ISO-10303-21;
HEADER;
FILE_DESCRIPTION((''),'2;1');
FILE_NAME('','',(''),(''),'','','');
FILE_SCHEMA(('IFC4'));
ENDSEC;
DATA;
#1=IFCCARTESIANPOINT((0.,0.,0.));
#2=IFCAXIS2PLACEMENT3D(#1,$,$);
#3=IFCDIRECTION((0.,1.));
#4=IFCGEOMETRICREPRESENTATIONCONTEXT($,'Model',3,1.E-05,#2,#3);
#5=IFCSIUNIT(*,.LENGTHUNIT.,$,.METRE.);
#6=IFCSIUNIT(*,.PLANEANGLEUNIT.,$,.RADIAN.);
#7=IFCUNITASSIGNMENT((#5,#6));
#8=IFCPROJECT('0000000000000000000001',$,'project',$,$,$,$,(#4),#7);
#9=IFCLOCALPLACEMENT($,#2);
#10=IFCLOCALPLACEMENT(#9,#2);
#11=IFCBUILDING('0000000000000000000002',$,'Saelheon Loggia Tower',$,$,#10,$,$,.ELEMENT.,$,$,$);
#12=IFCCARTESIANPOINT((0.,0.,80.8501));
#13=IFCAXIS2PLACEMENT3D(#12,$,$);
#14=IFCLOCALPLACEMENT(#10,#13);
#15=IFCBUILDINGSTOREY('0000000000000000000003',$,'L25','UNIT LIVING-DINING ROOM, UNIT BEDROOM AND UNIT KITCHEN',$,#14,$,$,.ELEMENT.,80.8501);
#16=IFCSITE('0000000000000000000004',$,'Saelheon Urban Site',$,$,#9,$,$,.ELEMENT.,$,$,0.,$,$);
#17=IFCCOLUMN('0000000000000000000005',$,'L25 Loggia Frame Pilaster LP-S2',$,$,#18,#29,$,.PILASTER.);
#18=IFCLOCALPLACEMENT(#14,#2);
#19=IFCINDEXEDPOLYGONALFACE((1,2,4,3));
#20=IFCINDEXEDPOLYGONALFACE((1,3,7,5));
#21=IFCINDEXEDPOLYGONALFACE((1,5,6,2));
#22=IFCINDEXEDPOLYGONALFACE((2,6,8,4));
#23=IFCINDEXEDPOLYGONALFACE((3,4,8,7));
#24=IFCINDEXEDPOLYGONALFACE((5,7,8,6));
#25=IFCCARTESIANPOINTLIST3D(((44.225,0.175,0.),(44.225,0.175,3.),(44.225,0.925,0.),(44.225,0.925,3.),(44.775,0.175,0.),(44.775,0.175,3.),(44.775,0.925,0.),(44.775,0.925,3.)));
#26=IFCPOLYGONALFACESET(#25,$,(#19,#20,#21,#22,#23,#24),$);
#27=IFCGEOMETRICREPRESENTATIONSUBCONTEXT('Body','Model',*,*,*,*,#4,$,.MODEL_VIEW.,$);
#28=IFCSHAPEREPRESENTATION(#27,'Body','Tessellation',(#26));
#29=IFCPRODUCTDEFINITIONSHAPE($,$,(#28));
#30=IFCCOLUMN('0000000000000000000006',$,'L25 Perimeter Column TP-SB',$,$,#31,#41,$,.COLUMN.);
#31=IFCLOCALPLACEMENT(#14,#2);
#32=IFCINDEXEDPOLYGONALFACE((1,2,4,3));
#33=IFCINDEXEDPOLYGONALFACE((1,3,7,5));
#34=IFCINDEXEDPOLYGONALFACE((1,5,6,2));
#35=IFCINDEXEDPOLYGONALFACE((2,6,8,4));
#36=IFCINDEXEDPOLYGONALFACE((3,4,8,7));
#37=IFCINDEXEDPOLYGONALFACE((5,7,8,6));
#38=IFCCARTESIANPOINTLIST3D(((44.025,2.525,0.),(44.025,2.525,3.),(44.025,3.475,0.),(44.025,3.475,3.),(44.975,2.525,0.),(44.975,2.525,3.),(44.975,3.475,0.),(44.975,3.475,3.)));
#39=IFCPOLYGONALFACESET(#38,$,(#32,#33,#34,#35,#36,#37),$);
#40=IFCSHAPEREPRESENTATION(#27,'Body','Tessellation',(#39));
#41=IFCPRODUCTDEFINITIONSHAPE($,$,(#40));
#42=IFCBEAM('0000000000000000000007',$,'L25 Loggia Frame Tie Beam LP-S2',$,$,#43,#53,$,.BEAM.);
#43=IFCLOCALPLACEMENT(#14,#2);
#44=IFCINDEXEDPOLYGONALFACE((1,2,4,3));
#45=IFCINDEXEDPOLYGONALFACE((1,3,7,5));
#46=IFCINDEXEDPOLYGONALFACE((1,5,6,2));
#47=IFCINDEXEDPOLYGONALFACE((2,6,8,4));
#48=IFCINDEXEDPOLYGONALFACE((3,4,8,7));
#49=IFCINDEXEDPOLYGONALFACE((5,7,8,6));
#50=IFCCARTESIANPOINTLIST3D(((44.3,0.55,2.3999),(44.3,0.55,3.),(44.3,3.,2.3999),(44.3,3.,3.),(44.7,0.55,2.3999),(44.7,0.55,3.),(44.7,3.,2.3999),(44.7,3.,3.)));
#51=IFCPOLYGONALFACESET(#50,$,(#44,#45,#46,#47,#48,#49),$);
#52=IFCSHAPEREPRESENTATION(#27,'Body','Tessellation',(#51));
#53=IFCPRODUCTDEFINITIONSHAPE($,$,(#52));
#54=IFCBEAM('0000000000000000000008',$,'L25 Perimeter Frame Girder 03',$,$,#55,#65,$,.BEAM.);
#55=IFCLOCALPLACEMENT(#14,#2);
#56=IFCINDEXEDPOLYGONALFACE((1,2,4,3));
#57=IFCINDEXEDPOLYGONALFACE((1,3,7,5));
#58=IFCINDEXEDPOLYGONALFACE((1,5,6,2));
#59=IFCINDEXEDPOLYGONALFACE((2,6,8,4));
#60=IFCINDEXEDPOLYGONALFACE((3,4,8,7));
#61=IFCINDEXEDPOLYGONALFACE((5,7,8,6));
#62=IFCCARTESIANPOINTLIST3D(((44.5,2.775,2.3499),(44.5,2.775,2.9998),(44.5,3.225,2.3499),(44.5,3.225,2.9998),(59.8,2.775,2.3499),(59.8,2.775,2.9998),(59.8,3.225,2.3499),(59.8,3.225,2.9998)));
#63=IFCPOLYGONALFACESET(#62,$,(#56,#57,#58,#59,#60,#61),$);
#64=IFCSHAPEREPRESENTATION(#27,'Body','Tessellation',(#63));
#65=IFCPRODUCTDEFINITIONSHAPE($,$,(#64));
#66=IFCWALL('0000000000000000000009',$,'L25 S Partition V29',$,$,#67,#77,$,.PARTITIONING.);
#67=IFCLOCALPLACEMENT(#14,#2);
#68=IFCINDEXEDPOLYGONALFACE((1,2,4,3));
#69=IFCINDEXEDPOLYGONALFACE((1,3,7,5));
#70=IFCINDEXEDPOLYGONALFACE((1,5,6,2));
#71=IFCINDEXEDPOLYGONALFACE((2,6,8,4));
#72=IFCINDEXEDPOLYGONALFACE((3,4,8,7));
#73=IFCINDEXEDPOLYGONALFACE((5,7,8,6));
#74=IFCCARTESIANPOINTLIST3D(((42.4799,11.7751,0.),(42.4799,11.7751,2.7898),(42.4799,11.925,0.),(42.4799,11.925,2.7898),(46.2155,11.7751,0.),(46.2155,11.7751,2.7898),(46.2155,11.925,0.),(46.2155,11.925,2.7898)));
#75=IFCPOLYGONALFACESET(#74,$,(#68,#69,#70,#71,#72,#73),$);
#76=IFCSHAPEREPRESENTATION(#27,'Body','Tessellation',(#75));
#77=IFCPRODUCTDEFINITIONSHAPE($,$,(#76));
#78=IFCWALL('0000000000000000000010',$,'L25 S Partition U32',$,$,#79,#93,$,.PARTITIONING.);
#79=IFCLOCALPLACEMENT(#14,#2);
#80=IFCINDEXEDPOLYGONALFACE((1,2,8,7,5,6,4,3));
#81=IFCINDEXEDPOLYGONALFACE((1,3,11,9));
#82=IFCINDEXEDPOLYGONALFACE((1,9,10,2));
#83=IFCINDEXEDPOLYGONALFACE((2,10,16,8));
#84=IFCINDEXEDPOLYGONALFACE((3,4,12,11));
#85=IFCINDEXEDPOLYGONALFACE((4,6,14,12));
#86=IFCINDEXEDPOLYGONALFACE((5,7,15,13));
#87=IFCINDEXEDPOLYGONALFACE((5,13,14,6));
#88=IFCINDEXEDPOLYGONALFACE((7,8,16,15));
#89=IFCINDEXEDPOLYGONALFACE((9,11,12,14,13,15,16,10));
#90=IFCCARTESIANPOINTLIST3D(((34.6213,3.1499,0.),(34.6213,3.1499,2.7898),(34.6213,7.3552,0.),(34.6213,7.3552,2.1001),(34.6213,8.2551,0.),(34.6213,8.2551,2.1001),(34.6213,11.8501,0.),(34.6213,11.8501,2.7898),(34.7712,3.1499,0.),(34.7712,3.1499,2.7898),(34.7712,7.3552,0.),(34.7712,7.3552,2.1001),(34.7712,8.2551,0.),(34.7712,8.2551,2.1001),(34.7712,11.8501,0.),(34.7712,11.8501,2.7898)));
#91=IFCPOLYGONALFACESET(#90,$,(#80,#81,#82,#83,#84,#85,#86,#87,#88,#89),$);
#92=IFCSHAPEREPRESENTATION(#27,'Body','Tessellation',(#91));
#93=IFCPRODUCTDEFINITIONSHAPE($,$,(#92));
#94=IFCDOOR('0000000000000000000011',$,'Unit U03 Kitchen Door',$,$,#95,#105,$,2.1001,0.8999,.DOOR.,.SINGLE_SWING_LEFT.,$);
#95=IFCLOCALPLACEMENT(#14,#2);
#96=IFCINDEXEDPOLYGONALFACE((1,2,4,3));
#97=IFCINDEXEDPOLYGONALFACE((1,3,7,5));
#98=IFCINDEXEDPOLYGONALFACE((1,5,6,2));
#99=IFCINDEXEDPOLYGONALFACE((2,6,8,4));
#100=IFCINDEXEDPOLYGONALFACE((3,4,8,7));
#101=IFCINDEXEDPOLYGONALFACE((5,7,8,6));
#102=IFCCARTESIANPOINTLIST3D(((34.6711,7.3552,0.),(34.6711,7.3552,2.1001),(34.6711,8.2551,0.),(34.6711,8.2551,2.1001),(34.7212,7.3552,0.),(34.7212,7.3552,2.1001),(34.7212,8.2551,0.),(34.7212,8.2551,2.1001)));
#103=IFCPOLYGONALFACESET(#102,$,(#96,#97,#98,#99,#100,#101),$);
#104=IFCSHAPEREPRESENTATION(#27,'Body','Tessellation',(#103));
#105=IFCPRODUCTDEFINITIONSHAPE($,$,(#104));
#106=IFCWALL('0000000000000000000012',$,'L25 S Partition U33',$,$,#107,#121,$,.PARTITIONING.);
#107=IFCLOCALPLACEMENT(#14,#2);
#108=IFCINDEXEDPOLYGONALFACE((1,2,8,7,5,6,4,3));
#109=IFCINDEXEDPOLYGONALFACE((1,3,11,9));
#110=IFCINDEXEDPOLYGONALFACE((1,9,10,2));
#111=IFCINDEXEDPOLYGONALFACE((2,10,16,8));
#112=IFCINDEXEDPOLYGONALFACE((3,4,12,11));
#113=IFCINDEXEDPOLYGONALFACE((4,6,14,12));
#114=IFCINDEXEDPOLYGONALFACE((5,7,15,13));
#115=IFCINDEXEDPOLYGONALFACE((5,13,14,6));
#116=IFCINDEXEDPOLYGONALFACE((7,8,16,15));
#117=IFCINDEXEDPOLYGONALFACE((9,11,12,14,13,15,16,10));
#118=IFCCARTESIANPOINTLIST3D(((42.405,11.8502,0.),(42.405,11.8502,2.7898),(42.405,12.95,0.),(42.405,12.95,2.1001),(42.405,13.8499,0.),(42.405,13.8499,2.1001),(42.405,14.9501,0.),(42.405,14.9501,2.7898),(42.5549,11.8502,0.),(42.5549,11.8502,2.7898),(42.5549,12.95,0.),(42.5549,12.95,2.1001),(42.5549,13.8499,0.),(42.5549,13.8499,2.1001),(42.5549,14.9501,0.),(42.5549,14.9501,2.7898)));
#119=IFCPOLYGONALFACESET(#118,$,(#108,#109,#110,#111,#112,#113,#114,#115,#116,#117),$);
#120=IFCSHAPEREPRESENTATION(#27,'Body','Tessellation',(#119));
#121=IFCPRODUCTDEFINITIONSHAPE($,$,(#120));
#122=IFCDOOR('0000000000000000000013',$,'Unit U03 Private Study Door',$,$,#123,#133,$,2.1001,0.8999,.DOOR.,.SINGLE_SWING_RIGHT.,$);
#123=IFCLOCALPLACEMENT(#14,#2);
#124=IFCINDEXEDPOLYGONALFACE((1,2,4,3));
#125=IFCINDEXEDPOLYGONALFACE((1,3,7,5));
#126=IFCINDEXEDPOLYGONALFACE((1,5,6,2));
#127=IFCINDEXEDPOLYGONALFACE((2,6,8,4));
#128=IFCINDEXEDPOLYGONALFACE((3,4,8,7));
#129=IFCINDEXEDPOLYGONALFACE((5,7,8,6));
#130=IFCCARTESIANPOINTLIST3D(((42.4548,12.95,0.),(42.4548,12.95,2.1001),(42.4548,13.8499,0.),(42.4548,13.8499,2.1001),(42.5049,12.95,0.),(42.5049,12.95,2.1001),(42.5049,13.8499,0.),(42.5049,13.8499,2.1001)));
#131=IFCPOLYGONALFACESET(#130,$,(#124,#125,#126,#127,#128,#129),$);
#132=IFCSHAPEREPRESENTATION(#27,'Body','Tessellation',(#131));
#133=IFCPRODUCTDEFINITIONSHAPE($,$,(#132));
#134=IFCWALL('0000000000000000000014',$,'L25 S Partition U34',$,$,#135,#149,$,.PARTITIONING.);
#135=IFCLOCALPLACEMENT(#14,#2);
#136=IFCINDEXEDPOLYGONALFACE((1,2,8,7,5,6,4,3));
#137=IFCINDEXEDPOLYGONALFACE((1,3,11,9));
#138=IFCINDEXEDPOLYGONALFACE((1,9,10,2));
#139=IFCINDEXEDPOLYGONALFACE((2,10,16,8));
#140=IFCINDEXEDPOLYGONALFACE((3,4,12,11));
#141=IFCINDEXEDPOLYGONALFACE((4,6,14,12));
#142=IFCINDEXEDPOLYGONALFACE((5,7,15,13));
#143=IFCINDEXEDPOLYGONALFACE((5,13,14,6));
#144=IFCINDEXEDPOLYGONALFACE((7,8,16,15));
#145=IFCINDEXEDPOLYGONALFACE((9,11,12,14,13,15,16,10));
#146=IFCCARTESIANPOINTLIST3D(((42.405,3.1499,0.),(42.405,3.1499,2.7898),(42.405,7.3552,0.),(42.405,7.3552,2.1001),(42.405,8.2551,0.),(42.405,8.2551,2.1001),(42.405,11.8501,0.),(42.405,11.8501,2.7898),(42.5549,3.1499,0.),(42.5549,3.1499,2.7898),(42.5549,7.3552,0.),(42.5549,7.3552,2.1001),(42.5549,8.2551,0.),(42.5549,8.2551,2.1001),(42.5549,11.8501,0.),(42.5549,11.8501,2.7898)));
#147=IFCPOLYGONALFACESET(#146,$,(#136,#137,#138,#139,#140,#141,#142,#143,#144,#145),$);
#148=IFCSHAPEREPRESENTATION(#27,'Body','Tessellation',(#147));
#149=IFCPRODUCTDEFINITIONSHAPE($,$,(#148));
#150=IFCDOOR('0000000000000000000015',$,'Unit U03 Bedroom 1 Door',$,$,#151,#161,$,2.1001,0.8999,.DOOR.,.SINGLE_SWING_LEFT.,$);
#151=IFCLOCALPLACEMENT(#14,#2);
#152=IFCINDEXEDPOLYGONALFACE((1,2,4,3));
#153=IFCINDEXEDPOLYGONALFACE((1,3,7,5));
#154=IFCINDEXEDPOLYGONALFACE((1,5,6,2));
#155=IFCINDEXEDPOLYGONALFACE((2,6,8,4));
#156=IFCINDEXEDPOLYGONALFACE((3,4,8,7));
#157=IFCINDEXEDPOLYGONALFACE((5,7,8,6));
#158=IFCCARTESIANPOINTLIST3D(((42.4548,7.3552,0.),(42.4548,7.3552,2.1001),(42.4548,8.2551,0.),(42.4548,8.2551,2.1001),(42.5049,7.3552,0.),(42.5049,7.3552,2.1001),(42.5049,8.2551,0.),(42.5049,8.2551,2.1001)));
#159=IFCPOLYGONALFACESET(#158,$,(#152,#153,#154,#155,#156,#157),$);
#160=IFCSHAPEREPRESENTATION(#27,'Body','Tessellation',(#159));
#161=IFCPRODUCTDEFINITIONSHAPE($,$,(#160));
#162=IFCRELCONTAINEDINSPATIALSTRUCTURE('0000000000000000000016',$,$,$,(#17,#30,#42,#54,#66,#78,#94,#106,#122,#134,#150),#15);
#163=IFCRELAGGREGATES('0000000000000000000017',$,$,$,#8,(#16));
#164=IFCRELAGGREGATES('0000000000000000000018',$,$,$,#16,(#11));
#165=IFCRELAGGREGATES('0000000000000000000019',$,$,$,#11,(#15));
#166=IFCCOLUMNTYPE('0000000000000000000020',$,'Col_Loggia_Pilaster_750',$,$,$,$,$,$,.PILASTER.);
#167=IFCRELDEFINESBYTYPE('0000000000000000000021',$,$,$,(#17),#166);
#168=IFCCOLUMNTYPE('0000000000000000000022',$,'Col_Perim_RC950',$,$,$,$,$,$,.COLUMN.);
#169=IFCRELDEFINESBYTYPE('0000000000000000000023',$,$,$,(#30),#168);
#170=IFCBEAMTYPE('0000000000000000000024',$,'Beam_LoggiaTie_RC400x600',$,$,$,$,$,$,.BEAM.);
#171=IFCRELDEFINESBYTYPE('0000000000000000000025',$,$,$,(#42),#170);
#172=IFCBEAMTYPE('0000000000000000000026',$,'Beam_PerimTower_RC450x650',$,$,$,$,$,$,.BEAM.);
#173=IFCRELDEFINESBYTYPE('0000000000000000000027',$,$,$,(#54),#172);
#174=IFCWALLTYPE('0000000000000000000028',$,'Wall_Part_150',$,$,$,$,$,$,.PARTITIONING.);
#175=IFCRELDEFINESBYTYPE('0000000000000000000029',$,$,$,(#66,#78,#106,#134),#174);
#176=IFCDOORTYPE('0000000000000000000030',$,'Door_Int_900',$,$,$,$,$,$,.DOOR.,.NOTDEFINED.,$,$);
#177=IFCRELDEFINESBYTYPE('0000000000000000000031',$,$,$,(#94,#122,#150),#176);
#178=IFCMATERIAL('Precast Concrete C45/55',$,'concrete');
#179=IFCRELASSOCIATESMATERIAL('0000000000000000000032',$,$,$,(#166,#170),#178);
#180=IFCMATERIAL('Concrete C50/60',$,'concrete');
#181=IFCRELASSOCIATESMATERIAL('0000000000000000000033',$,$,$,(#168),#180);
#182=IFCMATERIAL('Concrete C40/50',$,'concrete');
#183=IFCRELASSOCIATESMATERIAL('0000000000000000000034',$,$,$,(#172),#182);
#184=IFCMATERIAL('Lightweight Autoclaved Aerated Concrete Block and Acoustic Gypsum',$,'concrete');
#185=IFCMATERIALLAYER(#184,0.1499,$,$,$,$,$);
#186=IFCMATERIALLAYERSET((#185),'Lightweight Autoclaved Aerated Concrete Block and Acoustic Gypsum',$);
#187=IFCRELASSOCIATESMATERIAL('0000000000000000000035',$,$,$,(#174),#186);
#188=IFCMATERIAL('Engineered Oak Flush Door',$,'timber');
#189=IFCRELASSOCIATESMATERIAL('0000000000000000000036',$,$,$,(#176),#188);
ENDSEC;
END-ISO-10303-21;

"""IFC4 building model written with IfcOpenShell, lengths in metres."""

from ifc_helpers import new_model, si_unit, direction, frame, frame_2d, origin, origin_2d, place, context, subcontext, project, spatial, rectangle, extrude, source, transform, mapped, material, layer, layer_set, material_profile, profile_set, type_object, element, fill, save


model = new_model("IFC4")

# Units and contexts
model_context = context("Model", 3, precision=1e-05, world=origin(), true_north=direction((0.0, 1.0)))
body_context = subcontext(model_context, "Body", "Model", "MODEL_VIEW")
ifc_project = project(units=[si_unit("LENGTHUNIT", "METRE"), si_unit("PLANEANGLEUNIT", "RADIAN")], contexts=[model_context])

# Site, building, storey
site_placement = place(None, origin())
site = spatial("IfcSite", under=ifc_project, at=site_placement, Name="Saelheon Urban Site", CompositionType="ELEMENT", RefElevation=0.0)
building_placement = place(site_placement, origin())
building = spatial("IfcBuilding", under=site, at=building_placement, Name="Saelheon Loggia Tower", CompositionType="ELEMENT")
storey_placement = place(building_placement, frame((0.0, 0.0, 80.8501)))
storey = spatial("IfcBuildingStorey", under=building, at=storey_placement, Name="L25", Description="UNIT LIVING-DINING ROOM, UNIT BEDROOM AND UNIT KITCHEN", CompositionType="ELEMENT", Elevation=80.8501)

# Columns
ifc_material_1 = material(Name="Precast Concrete C45/55", Category="concrete")
ifc_material_profile_1 = material_profile(ifc_material_1, rectangle(XDim=0.55, YDim=0.75, at=origin_2d()), Name="RC-550x750")
ifc_profile_set_1 = profile_set([ifc_material_profile_1], Name="Precast Concrete C45/55")
column_type_1 = type_object("IfcColumnType", Name="Col_Loggia_Pilaster_750", PredefinedType="PILASTER", material=ifc_profile_set_1)
shared_shape_1 = source(origin(), body_context, "Body", "SweptSolid", [
    extrude(rectangle(XDim=0.55, YDim=0.75, at=origin_2d()), origin(), (0.0, 0.0, 1.0), 3.0),
])
column_1_placement = place(storey_placement, frame((44.5, 0.55, 0.0), z_axis=(0.0, 0.0, 1.0), x_axis=(1.0, 0.0, 0.0)))
element("IfcColumn", 1, at=column_1_placement, inside=storey, type_object=column_type_1, Name="L25 Loggia Frame Pilaster LP-S2", PredefinedType="PILASTER", context=body_context, shape_type="MappedRepresentation", body=[
    mapped(shared_shape_1, transform((0.0, 0.0, 0.0), scale=1.0)),
])
ifc_material_2 = material(Name="Concrete C50/60", Category="concrete")
ifc_material_profile_2 = material_profile(ifc_material_2, rectangle(XDim=0.95, YDim=0.95, at=origin_2d()), Name="RC-950x950")
ifc_profile_set_2 = profile_set([ifc_material_profile_2], Name="Concrete C50/60")
column_type_2 = type_object("IfcColumnType", Name="Col_Perim_RC950", PredefinedType="COLUMN", material=ifc_profile_set_2)
shared_shape_2 = source(origin(), body_context, "Body", "SweptSolid", [
    extrude(rectangle(XDim=0.95, YDim=0.95, at=origin_2d()), origin(), (0.0, 0.0, 1.0), 3.0),
])
column_2_placement = place(storey_placement, frame((44.5, 3.0, 0.0), z_axis=(0.0, 0.0, 1.0), x_axis=(1.0, 0.0, 0.0)))
element("IfcColumn", 2, at=column_2_placement, inside=storey, type_object=column_type_2, Name="L25 Perimeter Column TP-SB", PredefinedType="COLUMN", context=body_context, shape_type="MappedRepresentation", body=[
    mapped(shared_shape_2, transform((0.0, 0.0, 0.0), scale=1.0)),
])

# Beams
ifc_material_profile_3 = material_profile(ifc_material_1, rectangle(XDim=0.3999, YDim=0.6001, at=origin_2d()), Name="RC-400x600")
ifc_profile_set_3 = profile_set([ifc_material_profile_3], Name="Precast Concrete C45/55")
beam_type_1 = type_object("IfcBeamType", Name="Beam_LoggiaTie_RC400x600", PredefinedType="BEAM", material=ifc_profile_set_3)
shared_shape_3 = source(origin(), body_context, "Body", "SweptSolid", [
    extrude(rectangle(XDim=0.3999, YDim=0.6001, at=origin_2d()), origin(), (0.0, 0.0, 1.0), 2.45),
])
beam_1_placement = place(storey_placement, frame((44.5, 3.0, 2.7), z_axis=(0.0, -1.0, 0.0), x_axis=(1.0, 0.0, 0.0)))
element("IfcBeam", 3, at=beam_1_placement, inside=storey, type_object=beam_type_1, Name="L25 Loggia Frame Tie Beam LP-S2", PredefinedType="BEAM", context=body_context, shape_type="MappedRepresentation", body=[
    mapped(shared_shape_3, transform((0.0, 0.0, 0.0), scale=1.0)),
])
ifc_material_3 = material(Name="Concrete C40/50", Category="concrete")
ifc_material_profile_4 = material_profile(ifc_material_3, rectangle(XDim=0.45, YDim=0.6499, at=origin_2d()), Name="RC-450x650")
ifc_profile_set_4 = profile_set([ifc_material_profile_4], Name="Concrete C40/50")
beam_type_2 = type_object("IfcBeamType", Name="Beam_PerimTower_RC450x650", PredefinedType="BEAM", material=ifc_profile_set_4)
shared_shape_4 = source(origin(), body_context, "Body", "SweptSolid", [
    extrude(rectangle(XDim=0.45, YDim=0.6499, at=origin_2d()), origin(), (0.0, 0.0, 1.0), 15.3),
])
beam_2_placement = place(storey_placement, frame((44.5, 3.0, 2.6748), z_axis=(1.0, 0.0, 0.0), x_axis=(0.0, 1.0, 0.0)))
element("IfcBeam", 4, at=beam_2_placement, inside=storey, type_object=beam_type_2, Name="L25 Perimeter Frame Girder 03", PredefinedType="BEAM", context=body_context, shape_type="MappedRepresentation", body=[
    mapped(shared_shape_4, transform((0.0, 0.0, 0.0), scale=1.0)),
])

# Wall
ifc_material_4 = material(Name="Lightweight Autoclaved Aerated Concrete Block and Acoustic Gypsum", Category="concrete")
ifc_layer_1 = layer(ifc_material_4, 0.1499)
ifc_layer_set_1 = layer_set([ifc_layer_1], Name="Lightweight Autoclaved Aerated Concrete Block and Acoustic Gypsum")
wall_type_1 = type_object("IfcWallType", Name="Wall_Part_150", PredefinedType="PARTITIONING", material=ifc_layer_set_1)
wall_1_placement = place(storey_placement, frame((42.48, 11.8501, 0.0), z_axis=(0.0, 0.0, 1.0), x_axis=(1.0, 0.0, 0.0)))
element("IfcWall", 5, at=wall_1_placement, inside=storey, type_object=wall_type_1, Name="L25 S Partition V29", PredefinedType="PARTITIONING", context=body_context, shape_type="SweptSolid", body=[
    extrude(rectangle(XDim=3.7356, YDim=0.1499, at=frame_2d((1.8677, 0.0))), origin(), (0.0, 0.0, 1.0), 2.7898),
])

# Walls, openings, doors
wall_2_placement = place(storey_placement, frame((34.6963, 11.8501, 0.0), z_axis=(0.0, 0.0, 1.0), x_axis=(0.0, -1.0, 0.0)))
wall_2 = element("IfcWall", 6, at=wall_2_placement, inside=storey, type_object=wall_type_1, Name="L25 S Partition U32", PredefinedType="PARTITIONING", context=body_context, shape_type="SweptSolid", body=[
    extrude(rectangle(XDim=8.7002, YDim=0.1499, at=frame_2d((4.3501, 0.0))), origin(), (0.0, 0.0, 1.0), 2.7898),
])
opening_1_placement = place(wall_2_placement, frame((3.595, 0.0, 0.0)))
opening_1 = element("IfcOpeningElement", 7, at=opening_1_placement, cuts=wall_2, PredefinedType="OPENING", context=body_context, shape_type="SweptSolid", body=[
    extrude(rectangle(XDim=0.8999, YDim=2.1001, at=frame_2d((0.45, 1.05))), frame((0.0, 0.0869, 0.0), z_axis=(0.0, -1.0, 0.0), x_axis=(1.0, 0.0, 0.0)), (0.0, 0.0, 1.0), 0.1738),
])
ifc_material_5 = material(Name="Engineered Oak Flush Door", Category="timber")
door_type_1 = type_object("IfcDoorType", Name="Door_Int_900", OperationType="NOTDEFINED", PredefinedType="DOOR", material=ifc_material_5)
shared_shape_5 = source(origin(), body_context, "Body", "SweptSolid", [
    extrude(rectangle(XDim=0.8999, YDim=2.1001, at=frame_2d((0.45, 1.05))), frame((0.0, 0.0249, 0.0), z_axis=(0.0, -1.0, 0.0), x_axis=(1.0, 0.0, 0.0)), (0.0, 0.0, 1.0), 0.05),
])
door_1_placement = place(opening_1_placement, origin())
door_1 = element("IfcDoor", 8, at=door_1_placement, inside=storey, type_object=door_type_1, Name="Unit U03 Kitchen Door", OperationType="SINGLE_SWING_LEFT", OverallHeight=2.1001, OverallWidth=0.8999, PredefinedType="DOOR", context=body_context, shape_type="MappedRepresentation", body=[
    mapped(shared_shape_5, transform((0.0, 0.0, 0.0), scale=1.0)),
])
fill(opening_1, door_1)
wall_3_placement = place(storey_placement, frame((42.48, 14.95, 0.0), z_axis=(0.0, 0.0, 1.0), x_axis=(0.0, -1.0, 0.0)))
wall_3 = element("IfcWall", 9, at=wall_3_placement, inside=storey, type_object=wall_type_1, Name="L25 S Partition U33", PredefinedType="PARTITIONING", context=body_context, shape_type="SweptSolid", body=[
    extrude(rectangle(XDim=3.0999, YDim=0.1499, at=frame_2d((1.5498, 0.0))), origin(), (0.0, 0.0, 1.0), 2.7898),
])
opening_2_placement = place(wall_3_placement, frame((1.1001, 0.0, 0.0)))
opening_2 = element("IfcOpeningElement", 10, at=opening_2_placement, cuts=wall_3, PredefinedType="OPENING", context=body_context, shape_type="SweptSolid", body=[
    extrude(rectangle(XDim=0.8999, YDim=2.1001, at=frame_2d((0.45, 1.05))), frame((0.0, 0.0869, 0.0), z_axis=(0.0, -1.0, 0.0), x_axis=(1.0, 0.0, 0.0)), (0.0, 0.0, 1.0), 0.1738),
])
door_2_placement = place(opening_2_placement, origin())
door_2 = element("IfcDoor", 11, at=door_2_placement, inside=storey, type_object=door_type_1, Name="Unit U03 Private Study Door", OperationType="SINGLE_SWING_RIGHT", OverallHeight=2.1001, OverallWidth=0.8999, PredefinedType="DOOR", context=body_context, shape_type="MappedRepresentation", body=[
    mapped(shared_shape_5, transform((0.0, 0.0, 0.0), scale=1.0)),
])
fill(opening_2, door_2)
wall_4_placement = place(storey_placement, frame((42.48, 11.8501, 0.0), z_axis=(0.0, 0.0, 1.0), x_axis=(0.0, -1.0, 0.0)))
wall_4 = element("IfcWall", 12, at=wall_4_placement, inside=storey, type_object=wall_type_1, Name="L25 S Partition U34", PredefinedType="PARTITIONING", context=body_context, shape_type="SweptSolid", body=[
    extrude(rectangle(XDim=8.7002, YDim=0.1499, at=frame_2d((4.3501, 0.0))), origin(), (0.0, 0.0, 1.0), 2.7898),
])
opening_3_placement = place(wall_4_placement, frame((3.595, 0.0, 0.0)))
opening_3 = element("IfcOpeningElement", 13, at=opening_3_placement, cuts=wall_4, PredefinedType="OPENING", context=body_context, shape_type="SweptSolid", body=[
    extrude(rectangle(XDim=0.8999, YDim=2.1001, at=frame_2d((0.45, 1.05))), frame((0.0, 0.0869, 0.0), z_axis=(0.0, -1.0, 0.0), x_axis=(1.0, 0.0, 0.0)), (0.0, 0.0, 1.0), 0.1738),
])
door_3_placement = place(opening_3_placement, origin())
door_3 = element("IfcDoor", 14, at=door_3_placement, inside=storey, type_object=door_type_1, Name="Unit U03 Bedroom 1 Door", OperationType="SINGLE_SWING_LEFT", OverallHeight=2.1001, OverallWidth=0.8999, PredefinedType="DOOR", context=body_context, shape_type="MappedRepresentation", body=[
    mapped(shared_shape_5, transform((0.0, 0.0, 0.0), scale=1.0)),
])
fill(opening_3, door_3)

save(model, "model.ifc")
